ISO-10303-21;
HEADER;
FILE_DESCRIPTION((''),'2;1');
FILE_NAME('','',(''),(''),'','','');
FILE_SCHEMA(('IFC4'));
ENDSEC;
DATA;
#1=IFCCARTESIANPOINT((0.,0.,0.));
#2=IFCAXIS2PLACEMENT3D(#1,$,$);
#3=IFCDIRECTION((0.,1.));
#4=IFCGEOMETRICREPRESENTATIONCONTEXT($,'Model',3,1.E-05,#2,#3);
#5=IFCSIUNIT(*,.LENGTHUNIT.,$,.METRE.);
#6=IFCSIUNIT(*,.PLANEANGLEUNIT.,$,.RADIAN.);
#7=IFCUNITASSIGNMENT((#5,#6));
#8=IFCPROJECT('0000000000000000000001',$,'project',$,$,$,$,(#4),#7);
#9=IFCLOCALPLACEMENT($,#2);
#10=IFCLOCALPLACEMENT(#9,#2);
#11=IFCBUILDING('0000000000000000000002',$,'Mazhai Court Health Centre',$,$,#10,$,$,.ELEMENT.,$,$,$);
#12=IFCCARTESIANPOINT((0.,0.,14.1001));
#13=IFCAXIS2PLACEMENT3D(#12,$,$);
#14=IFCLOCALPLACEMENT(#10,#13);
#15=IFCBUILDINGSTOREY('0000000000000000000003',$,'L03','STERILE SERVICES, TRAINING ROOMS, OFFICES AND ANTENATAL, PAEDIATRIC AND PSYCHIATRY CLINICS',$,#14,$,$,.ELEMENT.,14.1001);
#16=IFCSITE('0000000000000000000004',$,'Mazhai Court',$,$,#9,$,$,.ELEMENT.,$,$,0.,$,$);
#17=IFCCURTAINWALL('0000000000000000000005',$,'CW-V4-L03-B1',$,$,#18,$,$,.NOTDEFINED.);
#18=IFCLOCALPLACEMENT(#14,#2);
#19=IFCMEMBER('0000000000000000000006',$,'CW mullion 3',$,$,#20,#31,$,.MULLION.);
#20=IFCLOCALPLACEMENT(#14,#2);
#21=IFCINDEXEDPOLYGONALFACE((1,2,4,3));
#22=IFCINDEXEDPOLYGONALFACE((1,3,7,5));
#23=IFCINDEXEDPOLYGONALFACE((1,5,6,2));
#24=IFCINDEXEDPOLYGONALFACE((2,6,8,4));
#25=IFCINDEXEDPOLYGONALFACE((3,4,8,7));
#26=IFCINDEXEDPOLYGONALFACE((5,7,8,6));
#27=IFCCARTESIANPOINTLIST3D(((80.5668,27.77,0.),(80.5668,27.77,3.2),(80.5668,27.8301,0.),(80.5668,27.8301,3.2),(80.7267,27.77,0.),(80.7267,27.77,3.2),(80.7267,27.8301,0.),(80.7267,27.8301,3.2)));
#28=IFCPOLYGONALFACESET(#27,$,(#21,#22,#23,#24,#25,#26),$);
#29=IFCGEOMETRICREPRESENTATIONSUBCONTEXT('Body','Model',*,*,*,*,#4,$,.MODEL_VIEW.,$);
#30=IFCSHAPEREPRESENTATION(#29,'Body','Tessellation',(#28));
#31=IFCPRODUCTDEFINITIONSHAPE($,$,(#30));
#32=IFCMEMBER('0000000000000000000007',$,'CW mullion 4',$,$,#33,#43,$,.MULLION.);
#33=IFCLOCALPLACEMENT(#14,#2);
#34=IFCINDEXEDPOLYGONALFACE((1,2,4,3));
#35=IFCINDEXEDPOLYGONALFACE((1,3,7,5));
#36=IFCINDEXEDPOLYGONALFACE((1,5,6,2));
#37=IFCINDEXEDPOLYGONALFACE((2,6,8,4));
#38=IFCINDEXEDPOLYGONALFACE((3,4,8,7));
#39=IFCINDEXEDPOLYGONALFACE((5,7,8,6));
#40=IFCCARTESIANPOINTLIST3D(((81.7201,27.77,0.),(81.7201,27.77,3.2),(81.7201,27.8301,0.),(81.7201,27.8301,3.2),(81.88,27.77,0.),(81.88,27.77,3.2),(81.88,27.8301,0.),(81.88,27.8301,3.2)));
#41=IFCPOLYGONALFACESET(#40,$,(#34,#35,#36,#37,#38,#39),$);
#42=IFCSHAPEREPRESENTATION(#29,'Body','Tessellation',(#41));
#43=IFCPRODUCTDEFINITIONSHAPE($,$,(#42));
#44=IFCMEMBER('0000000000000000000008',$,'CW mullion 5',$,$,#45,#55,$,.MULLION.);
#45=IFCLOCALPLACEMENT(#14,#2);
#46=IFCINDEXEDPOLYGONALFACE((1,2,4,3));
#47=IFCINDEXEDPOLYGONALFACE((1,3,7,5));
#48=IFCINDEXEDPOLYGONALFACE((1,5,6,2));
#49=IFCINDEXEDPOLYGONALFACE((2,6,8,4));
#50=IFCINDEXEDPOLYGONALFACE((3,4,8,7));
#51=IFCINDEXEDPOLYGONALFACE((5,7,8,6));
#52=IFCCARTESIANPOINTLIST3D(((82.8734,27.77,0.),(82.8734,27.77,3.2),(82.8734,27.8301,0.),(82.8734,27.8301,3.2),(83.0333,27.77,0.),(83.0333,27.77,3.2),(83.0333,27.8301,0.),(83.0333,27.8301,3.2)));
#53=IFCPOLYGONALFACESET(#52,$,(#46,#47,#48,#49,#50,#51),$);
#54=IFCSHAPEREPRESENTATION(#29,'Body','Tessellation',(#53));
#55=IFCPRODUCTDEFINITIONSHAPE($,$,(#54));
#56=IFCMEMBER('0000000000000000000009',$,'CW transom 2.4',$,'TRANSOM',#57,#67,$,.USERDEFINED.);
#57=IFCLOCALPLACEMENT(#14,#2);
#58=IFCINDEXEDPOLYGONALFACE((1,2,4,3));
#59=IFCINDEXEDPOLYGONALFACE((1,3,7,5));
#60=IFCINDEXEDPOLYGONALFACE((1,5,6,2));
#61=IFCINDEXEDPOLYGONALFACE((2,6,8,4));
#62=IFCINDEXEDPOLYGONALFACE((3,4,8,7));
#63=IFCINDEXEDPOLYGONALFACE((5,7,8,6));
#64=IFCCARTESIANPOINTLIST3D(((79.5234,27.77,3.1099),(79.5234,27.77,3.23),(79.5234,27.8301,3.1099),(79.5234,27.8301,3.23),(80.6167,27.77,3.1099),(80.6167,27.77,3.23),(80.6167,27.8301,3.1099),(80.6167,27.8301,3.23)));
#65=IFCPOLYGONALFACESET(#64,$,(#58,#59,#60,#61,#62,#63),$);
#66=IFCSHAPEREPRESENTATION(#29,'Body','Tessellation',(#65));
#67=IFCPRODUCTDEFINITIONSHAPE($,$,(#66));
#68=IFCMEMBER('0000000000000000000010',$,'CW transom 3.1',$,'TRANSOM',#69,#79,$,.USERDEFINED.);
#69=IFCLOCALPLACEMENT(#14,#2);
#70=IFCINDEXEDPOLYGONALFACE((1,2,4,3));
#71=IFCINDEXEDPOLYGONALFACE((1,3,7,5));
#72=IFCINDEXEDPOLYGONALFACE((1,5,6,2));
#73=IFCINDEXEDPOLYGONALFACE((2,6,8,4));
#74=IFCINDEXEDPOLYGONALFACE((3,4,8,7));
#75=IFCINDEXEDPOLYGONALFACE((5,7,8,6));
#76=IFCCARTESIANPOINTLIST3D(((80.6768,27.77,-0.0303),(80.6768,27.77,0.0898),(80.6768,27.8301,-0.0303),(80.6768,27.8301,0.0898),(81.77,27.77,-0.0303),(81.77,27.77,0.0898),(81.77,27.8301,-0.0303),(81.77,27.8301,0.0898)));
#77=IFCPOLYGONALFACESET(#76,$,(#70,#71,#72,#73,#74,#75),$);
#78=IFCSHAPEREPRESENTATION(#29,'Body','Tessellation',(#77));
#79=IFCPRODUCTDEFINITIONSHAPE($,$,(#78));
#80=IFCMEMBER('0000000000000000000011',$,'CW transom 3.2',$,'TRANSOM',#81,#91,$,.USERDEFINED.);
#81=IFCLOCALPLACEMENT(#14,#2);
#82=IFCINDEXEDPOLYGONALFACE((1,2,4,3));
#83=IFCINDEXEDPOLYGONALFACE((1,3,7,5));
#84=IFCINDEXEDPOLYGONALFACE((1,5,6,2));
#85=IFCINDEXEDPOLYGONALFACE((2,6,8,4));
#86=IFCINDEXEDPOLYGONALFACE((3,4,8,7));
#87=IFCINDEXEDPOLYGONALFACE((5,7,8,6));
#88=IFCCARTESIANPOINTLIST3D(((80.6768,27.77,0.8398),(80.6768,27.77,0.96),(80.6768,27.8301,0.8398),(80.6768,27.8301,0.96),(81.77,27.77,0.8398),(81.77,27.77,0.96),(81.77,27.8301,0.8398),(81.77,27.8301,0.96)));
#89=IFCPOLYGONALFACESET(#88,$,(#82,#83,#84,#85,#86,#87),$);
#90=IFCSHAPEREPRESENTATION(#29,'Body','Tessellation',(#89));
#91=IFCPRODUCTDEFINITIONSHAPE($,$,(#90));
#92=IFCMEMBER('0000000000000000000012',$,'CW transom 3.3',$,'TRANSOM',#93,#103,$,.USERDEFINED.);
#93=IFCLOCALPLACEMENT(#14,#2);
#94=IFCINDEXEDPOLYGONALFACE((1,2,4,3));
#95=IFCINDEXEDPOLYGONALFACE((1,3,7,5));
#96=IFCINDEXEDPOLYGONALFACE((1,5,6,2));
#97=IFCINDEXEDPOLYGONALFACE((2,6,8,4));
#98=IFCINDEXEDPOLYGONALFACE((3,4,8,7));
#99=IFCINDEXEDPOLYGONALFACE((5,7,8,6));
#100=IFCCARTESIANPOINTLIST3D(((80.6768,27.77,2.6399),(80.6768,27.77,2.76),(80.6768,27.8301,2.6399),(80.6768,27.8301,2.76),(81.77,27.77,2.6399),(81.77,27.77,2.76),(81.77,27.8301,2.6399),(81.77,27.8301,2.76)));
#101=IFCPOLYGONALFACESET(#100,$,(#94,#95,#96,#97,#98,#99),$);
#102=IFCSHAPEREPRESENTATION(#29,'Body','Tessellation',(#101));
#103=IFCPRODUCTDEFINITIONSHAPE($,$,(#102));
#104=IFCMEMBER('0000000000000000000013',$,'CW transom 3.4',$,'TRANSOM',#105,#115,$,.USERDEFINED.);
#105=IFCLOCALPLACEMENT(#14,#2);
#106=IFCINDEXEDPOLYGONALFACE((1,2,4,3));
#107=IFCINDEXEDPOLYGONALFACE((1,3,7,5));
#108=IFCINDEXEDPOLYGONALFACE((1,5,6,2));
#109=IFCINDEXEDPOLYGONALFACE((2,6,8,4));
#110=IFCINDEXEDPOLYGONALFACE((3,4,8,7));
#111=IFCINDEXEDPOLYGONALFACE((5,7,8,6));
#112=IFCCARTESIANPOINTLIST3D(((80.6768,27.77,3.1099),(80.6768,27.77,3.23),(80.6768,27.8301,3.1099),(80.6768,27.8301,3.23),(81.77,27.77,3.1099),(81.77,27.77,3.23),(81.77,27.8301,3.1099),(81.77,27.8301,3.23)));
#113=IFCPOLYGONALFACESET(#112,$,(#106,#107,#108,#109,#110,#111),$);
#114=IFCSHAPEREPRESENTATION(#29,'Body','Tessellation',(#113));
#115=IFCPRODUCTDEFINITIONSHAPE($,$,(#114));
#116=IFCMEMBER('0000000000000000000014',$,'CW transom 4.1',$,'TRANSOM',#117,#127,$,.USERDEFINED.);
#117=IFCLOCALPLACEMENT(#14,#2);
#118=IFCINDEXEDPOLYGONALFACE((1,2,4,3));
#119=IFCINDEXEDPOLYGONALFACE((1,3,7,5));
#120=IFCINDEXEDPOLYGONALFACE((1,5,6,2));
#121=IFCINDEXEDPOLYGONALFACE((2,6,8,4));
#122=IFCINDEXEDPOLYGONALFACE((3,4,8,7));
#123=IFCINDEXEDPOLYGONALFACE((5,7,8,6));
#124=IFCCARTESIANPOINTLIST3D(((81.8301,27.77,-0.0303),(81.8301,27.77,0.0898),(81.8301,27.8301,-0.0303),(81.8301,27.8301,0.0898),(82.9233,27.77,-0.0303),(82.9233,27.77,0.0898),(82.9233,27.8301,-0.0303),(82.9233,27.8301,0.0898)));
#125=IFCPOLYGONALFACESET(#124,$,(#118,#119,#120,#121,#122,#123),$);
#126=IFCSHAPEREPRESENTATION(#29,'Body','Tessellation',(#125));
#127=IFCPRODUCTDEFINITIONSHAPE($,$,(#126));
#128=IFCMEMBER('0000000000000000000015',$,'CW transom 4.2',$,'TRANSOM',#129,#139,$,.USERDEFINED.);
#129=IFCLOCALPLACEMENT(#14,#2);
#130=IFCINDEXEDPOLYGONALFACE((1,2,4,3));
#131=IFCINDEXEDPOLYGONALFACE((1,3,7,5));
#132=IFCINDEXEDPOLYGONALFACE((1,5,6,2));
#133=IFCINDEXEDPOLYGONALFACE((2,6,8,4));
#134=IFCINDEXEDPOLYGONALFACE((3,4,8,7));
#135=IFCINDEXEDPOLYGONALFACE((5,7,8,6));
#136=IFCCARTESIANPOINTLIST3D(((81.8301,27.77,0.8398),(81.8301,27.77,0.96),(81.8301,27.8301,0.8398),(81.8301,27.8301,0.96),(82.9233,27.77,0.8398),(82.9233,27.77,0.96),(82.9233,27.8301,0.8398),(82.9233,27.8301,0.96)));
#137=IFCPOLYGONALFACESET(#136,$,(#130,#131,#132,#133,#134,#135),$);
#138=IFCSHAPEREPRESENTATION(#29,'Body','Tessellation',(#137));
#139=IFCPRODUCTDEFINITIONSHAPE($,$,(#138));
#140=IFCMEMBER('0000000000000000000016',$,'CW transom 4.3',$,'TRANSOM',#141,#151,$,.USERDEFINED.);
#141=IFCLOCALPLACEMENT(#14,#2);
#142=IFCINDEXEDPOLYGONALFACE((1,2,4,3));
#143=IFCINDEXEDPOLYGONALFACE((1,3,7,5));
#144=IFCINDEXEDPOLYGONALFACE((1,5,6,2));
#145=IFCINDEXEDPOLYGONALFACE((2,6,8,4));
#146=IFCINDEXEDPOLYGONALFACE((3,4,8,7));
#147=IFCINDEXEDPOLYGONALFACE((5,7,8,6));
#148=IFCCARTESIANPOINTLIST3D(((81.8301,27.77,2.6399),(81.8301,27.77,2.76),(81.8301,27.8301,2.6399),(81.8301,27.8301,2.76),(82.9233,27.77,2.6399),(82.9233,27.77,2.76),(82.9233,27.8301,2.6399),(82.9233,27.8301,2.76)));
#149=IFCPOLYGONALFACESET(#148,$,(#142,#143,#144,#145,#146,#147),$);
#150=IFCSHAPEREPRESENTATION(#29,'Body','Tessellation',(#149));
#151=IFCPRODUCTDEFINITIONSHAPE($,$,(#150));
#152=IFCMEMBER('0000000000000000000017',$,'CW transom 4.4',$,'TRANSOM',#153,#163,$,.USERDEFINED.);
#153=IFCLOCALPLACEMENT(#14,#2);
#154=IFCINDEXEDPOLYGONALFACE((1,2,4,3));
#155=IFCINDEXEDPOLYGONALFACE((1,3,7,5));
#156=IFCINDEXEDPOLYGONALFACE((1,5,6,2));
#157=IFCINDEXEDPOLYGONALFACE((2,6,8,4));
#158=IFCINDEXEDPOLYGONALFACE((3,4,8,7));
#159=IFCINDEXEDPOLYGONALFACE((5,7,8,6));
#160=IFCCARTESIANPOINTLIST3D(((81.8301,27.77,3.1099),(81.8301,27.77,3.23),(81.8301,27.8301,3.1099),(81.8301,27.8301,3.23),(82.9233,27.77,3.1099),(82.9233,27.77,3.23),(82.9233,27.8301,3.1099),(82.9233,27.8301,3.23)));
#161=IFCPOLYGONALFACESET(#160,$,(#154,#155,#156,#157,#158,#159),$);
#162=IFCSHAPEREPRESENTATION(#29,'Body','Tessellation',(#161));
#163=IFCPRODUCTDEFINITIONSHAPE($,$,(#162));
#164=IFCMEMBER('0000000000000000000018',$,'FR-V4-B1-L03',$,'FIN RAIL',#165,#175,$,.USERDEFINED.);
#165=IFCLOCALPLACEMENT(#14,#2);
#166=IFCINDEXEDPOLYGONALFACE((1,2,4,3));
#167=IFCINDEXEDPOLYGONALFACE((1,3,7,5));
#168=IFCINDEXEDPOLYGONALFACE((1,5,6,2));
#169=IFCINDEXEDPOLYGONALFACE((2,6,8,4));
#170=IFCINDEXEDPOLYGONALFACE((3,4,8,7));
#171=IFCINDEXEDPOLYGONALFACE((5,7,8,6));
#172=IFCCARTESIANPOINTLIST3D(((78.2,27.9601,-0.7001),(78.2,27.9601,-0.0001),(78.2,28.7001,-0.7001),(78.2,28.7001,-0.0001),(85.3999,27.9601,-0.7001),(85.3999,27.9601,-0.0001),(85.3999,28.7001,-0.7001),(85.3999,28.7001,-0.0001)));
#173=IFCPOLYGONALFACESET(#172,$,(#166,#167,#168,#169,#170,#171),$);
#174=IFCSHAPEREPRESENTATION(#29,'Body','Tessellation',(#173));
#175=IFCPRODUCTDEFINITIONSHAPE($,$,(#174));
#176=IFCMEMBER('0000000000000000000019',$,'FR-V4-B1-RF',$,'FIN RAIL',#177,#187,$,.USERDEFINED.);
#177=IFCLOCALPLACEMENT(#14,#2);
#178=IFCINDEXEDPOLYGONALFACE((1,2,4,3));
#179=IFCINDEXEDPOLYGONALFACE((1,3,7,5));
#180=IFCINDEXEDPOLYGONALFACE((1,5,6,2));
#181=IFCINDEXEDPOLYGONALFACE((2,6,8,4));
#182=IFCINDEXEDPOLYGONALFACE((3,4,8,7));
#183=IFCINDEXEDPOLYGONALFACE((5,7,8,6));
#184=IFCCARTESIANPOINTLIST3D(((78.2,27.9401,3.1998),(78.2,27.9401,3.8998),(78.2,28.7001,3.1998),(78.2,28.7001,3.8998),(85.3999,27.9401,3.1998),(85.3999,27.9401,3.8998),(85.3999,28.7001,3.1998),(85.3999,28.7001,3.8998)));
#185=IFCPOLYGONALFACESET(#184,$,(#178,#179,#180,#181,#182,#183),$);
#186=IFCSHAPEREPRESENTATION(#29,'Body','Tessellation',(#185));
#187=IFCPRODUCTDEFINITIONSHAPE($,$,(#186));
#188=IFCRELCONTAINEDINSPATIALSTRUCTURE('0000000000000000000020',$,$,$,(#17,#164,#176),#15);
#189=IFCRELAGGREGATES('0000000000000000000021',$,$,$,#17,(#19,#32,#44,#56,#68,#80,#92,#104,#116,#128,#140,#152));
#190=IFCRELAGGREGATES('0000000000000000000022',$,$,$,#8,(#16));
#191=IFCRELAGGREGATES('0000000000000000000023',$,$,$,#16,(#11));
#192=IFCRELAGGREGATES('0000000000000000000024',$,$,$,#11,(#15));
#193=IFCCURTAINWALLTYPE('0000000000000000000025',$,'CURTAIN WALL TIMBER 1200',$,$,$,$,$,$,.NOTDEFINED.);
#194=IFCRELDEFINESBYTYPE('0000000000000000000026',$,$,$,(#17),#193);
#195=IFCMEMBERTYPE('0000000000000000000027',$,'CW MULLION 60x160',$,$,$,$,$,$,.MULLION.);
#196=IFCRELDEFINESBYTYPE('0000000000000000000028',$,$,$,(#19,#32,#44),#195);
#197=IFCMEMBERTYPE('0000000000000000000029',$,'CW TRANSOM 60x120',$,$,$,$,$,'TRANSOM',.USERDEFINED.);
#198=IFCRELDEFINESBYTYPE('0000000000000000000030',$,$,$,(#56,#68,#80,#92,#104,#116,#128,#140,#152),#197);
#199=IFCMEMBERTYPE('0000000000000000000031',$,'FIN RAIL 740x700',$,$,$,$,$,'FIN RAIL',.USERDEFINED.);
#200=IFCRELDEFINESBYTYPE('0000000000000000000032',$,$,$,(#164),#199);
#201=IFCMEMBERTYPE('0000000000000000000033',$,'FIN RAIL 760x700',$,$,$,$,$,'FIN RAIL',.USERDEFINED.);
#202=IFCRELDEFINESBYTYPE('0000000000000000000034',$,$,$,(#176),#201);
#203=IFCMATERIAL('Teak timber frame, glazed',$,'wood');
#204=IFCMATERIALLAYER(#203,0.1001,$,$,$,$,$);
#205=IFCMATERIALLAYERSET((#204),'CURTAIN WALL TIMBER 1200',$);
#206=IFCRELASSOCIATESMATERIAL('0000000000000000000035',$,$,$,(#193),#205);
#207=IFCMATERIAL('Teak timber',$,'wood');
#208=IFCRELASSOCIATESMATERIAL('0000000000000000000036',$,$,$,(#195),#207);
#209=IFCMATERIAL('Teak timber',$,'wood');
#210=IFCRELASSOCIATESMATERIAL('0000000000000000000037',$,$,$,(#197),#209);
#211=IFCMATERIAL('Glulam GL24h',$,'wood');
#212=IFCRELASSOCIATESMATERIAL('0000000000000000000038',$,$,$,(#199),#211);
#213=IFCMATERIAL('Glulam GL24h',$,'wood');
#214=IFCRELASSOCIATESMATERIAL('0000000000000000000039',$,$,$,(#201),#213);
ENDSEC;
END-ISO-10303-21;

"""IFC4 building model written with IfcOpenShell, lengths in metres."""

from ifc_helpers import new_model, si_unit, direction, frame, origin, origin_2d, place, context, subcontext, project, spatial, rectangle, extrude, material, layer, layer_set, material_profile, profile_set, type_object, element, aggregate, save


model = new_model("IFC4")

# Units and contexts
model_context = context("Model", 3, precision=1e-05, world=origin(), true_north=direction((0.0, 1.0)))
body_context = subcontext(model_context, "Body", "Model", "MODEL_VIEW")
ifc_project = project(units=[si_unit("LENGTHUNIT", "METRE"), si_unit("PLANEANGLEUNIT", "RADIAN")], contexts=[model_context])

# Site, building, storey
site_placement = place(None, origin())
site = spatial("IfcSite", under=ifc_project, at=site_placement, Name="Mazhai Court", CompositionType="ELEMENT", RefElevation=0.0)
building_placement = place(site_placement, origin())
building = spatial("IfcBuilding", under=site, at=building_placement, Name="Mazhai Court Health Centre", CompositionType="ELEMENT")
storey_placement = place(building_placement, frame((0.0, 0.0, 14.1001)))
storey = spatial("IfcBuildingStorey", under=building, at=storey_placement, Name="L03", Description="STERILE SERVICES, TRAINING ROOMS, OFFICES AND ANTENATAL, PAEDIATRIC AND PSYCHIATRY CLINICS", CompositionType="ELEMENT", Elevation=14.1001)

# Curtain wall, members
ifc_material_1 = material(Name="Teak timber frame, glazed", Category="wood")
ifc_layer_1 = layer(ifc_material_1, 0.1001)
ifc_layer_set_1 = layer_set([ifc_layer_1], Name="CURTAIN WALL TIMBER 1200")
curtain_wall_type = type_object("IfcCurtainWallType", Name="CURTAIN WALL TIMBER 1200", PredefinedType="NOTDEFINED", material=ifc_layer_set_1)
curtain_wall_placement = place(storey_placement, origin())
curtain_wall = element("IfcCurtainWall", 1, at=curtain_wall_placement, inside=storey, type_object=curtain_wall_type, Name="CW-V4-L03-B1", PredefinedType="NOTDEFINED")
ifc_material_2 = material(Name="Teak timber", Category="wood")
ifc_material_profile_1 = material_profile(ifc_material_2, rectangle(XDim=0.0601, YDim=0.1599, at=origin_2d()), Name="CW MULLION 60x160")
ifc_profile_set_1 = profile_set([ifc_material_profile_1], Name="Teak timber")
member_type_1 = type_object("IfcMemberType", Name="CW MULLION 60x160", PredefinedType="MULLION", material=ifc_profile_set_1)
member_1_placement = place(storey_placement, frame((80.6467, 27.8, 0.0), z_axis=(0.0, 0.0, 1.0), x_axis=(0.0, 1.0, 0.0)))
member_1 = element("IfcMember", 2, at=member_1_placement, type_object=member_type_1, Name="CW mullion 3", PredefinedType="MULLION", context=body_context, shape_type="SweptSolid", body=[
    extrude(rectangle(XDim=0.0601, YDim=0.1599, at=origin_2d()), origin(), (0.0, 0.0, 1.0), 3.2),
])
member_2_placement = place(storey_placement, frame((81.8, 27.8, 0.0), z_axis=(0.0, 0.0, 1.0), x_axis=(0.0, 1.0, 0.0)))
member_2 = element("IfcMember", 3, at=member_2_placement, type_object=member_type_1, Name="CW mullion 4", PredefinedType="MULLION", context=body_context, shape_type="SweptSolid", body=[
    extrude(rectangle(XDim=0.0601, YDim=0.1599, at=origin_2d()), origin(), (0.0, 0.0, 1.0), 3.2),
])
member_3_placement = place(storey_placement, frame((82.9534, 27.8, 0.0), z_axis=(0.0, 0.0, 1.0), x_axis=(0.0, 1.0, 0.0)))
member_3 = element("IfcMember", 4, at=member_3_placement, type_object=member_type_1, Name="CW mullion 5", PredefinedType="MULLION", context=body_context, shape_type="SweptSolid", body=[
    extrude(rectangle(XDim=0.0601, YDim=0.1599, at=origin_2d()), origin(), (0.0, 0.0, 1.0), 3.2),
])
ifc_material_3 = material(Name="Teak timber", Category="wood")
ifc_material_profile_2 = material_profile(ifc_material_3, rectangle(XDim=0.0601, YDim=0.1201, at=origin_2d()), Name="CW TRANSOM 60x120")
ifc_profile_set_2 = profile_set([ifc_material_profile_2], Name="Teak timber")
member_type_2 = type_object("IfcMemberType", Name="CW TRANSOM 60x120", ElementType="TRANSOM", PredefinedType="USERDEFINED", material=ifc_profile_set_2)
member_4_placement = place(storey_placement, frame((79.5234, 27.8, 3.1699), z_axis=(1.0, 0.0, 0.0), x_axis=(0.0, 1.0, 0.0)))
member_4 = element("IfcMember", 5, at=member_4_placement, type_object=member_type_2, Name="CW transom 2.4", ObjectType="TRANSOM", PredefinedType="USERDEFINED", context=body_context, shape_type="SweptSolid", body=[
    extrude(rectangle(XDim=0.0601, YDim=0.1201, at=origin_2d()), origin(), (0.0, 0.0, 1.0), 1.0933),
])
member_5_placement = place(storey_placement, frame((80.6768, 27.8, 0.0298), z_axis=(1.0, 0.0, 0.0), x_axis=(0.0, 1.0, 0.0)))
member_5 = element("IfcMember", 6, at=member_5_placement, type_object=member_type_2, Name="CW transom 3.1", ObjectType="TRANSOM", PredefinedType="USERDEFINED", context=body_context, shape_type="SweptSolid", body=[
    extrude(rectangle(XDim=0.0601, YDim=0.1201, at=origin_2d()), origin(), (0.0, 0.0, 1.0), 1.0933),
])
member_6_placement = place(storey_placement, frame((80.6768, 27.8, 0.8999), z_axis=(1.0, 0.0, 0.0), x_axis=(0.0, 1.0, 0.0)))
member_6 = element("IfcMember", 7, at=member_6_placement, type_object=member_type_2, Name="CW transom 3.2", ObjectType="TRANSOM", PredefinedType="USERDEFINED", context=body_context, shape_type="SweptSolid", body=[
    extrude(rectangle(XDim=0.0601, YDim=0.1201, at=origin_2d()), origin(), (0.0, 0.0, 1.0), 1.0933),
])
member_7_placement = place(storey_placement, frame((80.6768, 27.8, 2.7), z_axis=(1.0, 0.0, 0.0), x_axis=(0.0, 1.0, 0.0)))
member_7 = element("IfcMember", 8, at=member_7_placement, type_object=member_type_2, Name="CW transom 3.3", ObjectType="TRANSOM", PredefinedType="USERDEFINED", context=body_context, shape_type="SweptSolid", body=[
    extrude(rectangle(XDim=0.0601, YDim=0.1201, at=origin_2d()), origin(), (0.0, 0.0, 1.0), 1.0933),
])
member_8_placement = place(storey_placement, frame((80.6768, 27.8, 3.1699), z_axis=(1.0, 0.0, 0.0), x_axis=(0.0, 1.0, 0.0)))
member_8 = element("IfcMember", 9, at=member_8_placement, type_object=member_type_2, Name="CW transom 3.4", ObjectType="TRANSOM", PredefinedType="USERDEFINED", context=body_context, shape_type="SweptSolid", body=[
    extrude(rectangle(XDim=0.0601, YDim=0.1201, at=origin_2d()), origin(), (0.0, 0.0, 1.0), 1.0933),
])
member_9_placement = place(storey_placement, frame((81.8301, 27.8, 0.0298), z_axis=(1.0, 0.0, 0.0), x_axis=(0.0, 1.0, 0.0)))
member_9 = element("IfcMember", 10, at=member_9_placement, type_object=member_type_2, Name="CW transom 4.1", ObjectType="TRANSOM", PredefinedType="USERDEFINED", context=body_context, shape_type="SweptSolid", body=[
    extrude(rectangle(XDim=0.0601, YDim=0.1201, at=origin_2d()), origin(), (0.0, 0.0, 1.0), 1.0933),
])
member_10_placement = place(storey_placement, frame((81.8301, 27.8, 0.8999), z_axis=(1.0, 0.0, 0.0), x_axis=(0.0, 1.0, 0.0)))
member_10 = element("IfcMember", 11, at=member_10_placement, type_object=member_type_2, Name="CW transom 4.2", ObjectType="TRANSOM", PredefinedType="USERDEFINED", context=body_context, shape_type="SweptSolid", body=[
    extrude(rectangle(XDim=0.0601, YDim=0.1201, at=origin_2d()), origin(), (0.0, 0.0, 1.0), 1.0933),
])
member_11_placement = place(storey_placement, frame((81.8301, 27.8, 2.7), z_axis=(1.0, 0.0, 0.0), x_axis=(0.0, 1.0, 0.0)))
member_11 = element("IfcMember", 12, at=member_11_placement, type_object=member_type_2, Name="CW transom 4.3", ObjectType="TRANSOM", PredefinedType="USERDEFINED", context=body_context, shape_type="SweptSolid", body=[
    extrude(rectangle(XDim=0.0601, YDim=0.1201, at=origin_2d()), origin(), (0.0, 0.0, 1.0), 1.0933),
])
member_12_placement = place(storey_placement, frame((81.8301, 27.8, 3.1699), z_axis=(1.0, 0.0, 0.0), x_axis=(0.0, 1.0, 0.0)))
member_12 = element("IfcMember", 13, at=member_12_placement, type_object=member_type_2, Name="CW transom 4.4", ObjectType="TRANSOM", PredefinedType="USERDEFINED", context=body_context, shape_type="SweptSolid", body=[
    extrude(rectangle(XDim=0.0601, YDim=0.1201, at=origin_2d()), origin(), (0.0, 0.0, 1.0), 1.0933),
])

# Members
ifc_material_4 = material(Name="Glulam GL24h", Category="wood")
ifc_material_profile_3 = material_profile(ifc_material_4, rectangle(XDim=0.74, YDim=0.7, at=origin_2d()), Name="FIN RAIL 740x700")
ifc_profile_set_3 = profile_set([ifc_material_profile_3], Name="Glulam GL24h")
member_type_3 = type_object("IfcMemberType", Name="FIN RAIL 740x700", ElementType="FIN RAIL", PredefinedType="USERDEFINED", material=ifc_profile_set_3)
member_13_placement = place(storey_placement, frame((78.2, 28.3301, -0.3501), z_axis=(1.0, 0.0, 0.0), x_axis=(0.0, 1.0, 0.0)))
element("IfcMember", 14, at=member_13_placement, inside=storey, type_object=member_type_3, Name="FR-V4-B1-L03", ObjectType="FIN RAIL", PredefinedType="USERDEFINED", context=body_context, shape_type="SweptSolid", body=[
    extrude(rectangle(XDim=0.74, YDim=0.7, at=origin_2d()), origin(), (0.0, 0.0, 1.0), 7.2),
])
ifc_material_5 = material(Name="Glulam GL24h", Category="wood")
ifc_material_profile_4 = material_profile(ifc_material_5, rectangle(XDim=0.76, YDim=0.7, at=origin_2d()), Name="FIN RAIL 760x700")
ifc_profile_set_4 = profile_set([ifc_material_profile_4], Name="Glulam GL24h")
member_type_4 = type_object("IfcMemberType", Name="FIN RAIL 760x700", ElementType="FIN RAIL", PredefinedType="USERDEFINED", material=ifc_profile_set_4)
member_14_placement = place(storey_placement, frame((78.2, 28.3201, 3.5498), z_axis=(1.0, 0.0, 0.0), x_axis=(0.0, 1.0, 0.0)))
element("IfcMember", 15, at=member_14_placement, inside=storey, type_object=member_type_4, Name="FR-V4-B1-RF", ObjectType="FIN RAIL", PredefinedType="USERDEFINED", context=body_context, shape_type="SweptSolid", body=[
    extrude(rectangle(XDim=0.76, YDim=0.7, at=origin_2d()), origin(), (0.0, 0.0, 1.0), 7.2),
])

aggregate(curtain_wall, [member_1, member_2, member_3, member_4, member_5, member_6, member_7, member_8, member_9, member_10, member_11, member_12])

save(model, "model.ifc")
